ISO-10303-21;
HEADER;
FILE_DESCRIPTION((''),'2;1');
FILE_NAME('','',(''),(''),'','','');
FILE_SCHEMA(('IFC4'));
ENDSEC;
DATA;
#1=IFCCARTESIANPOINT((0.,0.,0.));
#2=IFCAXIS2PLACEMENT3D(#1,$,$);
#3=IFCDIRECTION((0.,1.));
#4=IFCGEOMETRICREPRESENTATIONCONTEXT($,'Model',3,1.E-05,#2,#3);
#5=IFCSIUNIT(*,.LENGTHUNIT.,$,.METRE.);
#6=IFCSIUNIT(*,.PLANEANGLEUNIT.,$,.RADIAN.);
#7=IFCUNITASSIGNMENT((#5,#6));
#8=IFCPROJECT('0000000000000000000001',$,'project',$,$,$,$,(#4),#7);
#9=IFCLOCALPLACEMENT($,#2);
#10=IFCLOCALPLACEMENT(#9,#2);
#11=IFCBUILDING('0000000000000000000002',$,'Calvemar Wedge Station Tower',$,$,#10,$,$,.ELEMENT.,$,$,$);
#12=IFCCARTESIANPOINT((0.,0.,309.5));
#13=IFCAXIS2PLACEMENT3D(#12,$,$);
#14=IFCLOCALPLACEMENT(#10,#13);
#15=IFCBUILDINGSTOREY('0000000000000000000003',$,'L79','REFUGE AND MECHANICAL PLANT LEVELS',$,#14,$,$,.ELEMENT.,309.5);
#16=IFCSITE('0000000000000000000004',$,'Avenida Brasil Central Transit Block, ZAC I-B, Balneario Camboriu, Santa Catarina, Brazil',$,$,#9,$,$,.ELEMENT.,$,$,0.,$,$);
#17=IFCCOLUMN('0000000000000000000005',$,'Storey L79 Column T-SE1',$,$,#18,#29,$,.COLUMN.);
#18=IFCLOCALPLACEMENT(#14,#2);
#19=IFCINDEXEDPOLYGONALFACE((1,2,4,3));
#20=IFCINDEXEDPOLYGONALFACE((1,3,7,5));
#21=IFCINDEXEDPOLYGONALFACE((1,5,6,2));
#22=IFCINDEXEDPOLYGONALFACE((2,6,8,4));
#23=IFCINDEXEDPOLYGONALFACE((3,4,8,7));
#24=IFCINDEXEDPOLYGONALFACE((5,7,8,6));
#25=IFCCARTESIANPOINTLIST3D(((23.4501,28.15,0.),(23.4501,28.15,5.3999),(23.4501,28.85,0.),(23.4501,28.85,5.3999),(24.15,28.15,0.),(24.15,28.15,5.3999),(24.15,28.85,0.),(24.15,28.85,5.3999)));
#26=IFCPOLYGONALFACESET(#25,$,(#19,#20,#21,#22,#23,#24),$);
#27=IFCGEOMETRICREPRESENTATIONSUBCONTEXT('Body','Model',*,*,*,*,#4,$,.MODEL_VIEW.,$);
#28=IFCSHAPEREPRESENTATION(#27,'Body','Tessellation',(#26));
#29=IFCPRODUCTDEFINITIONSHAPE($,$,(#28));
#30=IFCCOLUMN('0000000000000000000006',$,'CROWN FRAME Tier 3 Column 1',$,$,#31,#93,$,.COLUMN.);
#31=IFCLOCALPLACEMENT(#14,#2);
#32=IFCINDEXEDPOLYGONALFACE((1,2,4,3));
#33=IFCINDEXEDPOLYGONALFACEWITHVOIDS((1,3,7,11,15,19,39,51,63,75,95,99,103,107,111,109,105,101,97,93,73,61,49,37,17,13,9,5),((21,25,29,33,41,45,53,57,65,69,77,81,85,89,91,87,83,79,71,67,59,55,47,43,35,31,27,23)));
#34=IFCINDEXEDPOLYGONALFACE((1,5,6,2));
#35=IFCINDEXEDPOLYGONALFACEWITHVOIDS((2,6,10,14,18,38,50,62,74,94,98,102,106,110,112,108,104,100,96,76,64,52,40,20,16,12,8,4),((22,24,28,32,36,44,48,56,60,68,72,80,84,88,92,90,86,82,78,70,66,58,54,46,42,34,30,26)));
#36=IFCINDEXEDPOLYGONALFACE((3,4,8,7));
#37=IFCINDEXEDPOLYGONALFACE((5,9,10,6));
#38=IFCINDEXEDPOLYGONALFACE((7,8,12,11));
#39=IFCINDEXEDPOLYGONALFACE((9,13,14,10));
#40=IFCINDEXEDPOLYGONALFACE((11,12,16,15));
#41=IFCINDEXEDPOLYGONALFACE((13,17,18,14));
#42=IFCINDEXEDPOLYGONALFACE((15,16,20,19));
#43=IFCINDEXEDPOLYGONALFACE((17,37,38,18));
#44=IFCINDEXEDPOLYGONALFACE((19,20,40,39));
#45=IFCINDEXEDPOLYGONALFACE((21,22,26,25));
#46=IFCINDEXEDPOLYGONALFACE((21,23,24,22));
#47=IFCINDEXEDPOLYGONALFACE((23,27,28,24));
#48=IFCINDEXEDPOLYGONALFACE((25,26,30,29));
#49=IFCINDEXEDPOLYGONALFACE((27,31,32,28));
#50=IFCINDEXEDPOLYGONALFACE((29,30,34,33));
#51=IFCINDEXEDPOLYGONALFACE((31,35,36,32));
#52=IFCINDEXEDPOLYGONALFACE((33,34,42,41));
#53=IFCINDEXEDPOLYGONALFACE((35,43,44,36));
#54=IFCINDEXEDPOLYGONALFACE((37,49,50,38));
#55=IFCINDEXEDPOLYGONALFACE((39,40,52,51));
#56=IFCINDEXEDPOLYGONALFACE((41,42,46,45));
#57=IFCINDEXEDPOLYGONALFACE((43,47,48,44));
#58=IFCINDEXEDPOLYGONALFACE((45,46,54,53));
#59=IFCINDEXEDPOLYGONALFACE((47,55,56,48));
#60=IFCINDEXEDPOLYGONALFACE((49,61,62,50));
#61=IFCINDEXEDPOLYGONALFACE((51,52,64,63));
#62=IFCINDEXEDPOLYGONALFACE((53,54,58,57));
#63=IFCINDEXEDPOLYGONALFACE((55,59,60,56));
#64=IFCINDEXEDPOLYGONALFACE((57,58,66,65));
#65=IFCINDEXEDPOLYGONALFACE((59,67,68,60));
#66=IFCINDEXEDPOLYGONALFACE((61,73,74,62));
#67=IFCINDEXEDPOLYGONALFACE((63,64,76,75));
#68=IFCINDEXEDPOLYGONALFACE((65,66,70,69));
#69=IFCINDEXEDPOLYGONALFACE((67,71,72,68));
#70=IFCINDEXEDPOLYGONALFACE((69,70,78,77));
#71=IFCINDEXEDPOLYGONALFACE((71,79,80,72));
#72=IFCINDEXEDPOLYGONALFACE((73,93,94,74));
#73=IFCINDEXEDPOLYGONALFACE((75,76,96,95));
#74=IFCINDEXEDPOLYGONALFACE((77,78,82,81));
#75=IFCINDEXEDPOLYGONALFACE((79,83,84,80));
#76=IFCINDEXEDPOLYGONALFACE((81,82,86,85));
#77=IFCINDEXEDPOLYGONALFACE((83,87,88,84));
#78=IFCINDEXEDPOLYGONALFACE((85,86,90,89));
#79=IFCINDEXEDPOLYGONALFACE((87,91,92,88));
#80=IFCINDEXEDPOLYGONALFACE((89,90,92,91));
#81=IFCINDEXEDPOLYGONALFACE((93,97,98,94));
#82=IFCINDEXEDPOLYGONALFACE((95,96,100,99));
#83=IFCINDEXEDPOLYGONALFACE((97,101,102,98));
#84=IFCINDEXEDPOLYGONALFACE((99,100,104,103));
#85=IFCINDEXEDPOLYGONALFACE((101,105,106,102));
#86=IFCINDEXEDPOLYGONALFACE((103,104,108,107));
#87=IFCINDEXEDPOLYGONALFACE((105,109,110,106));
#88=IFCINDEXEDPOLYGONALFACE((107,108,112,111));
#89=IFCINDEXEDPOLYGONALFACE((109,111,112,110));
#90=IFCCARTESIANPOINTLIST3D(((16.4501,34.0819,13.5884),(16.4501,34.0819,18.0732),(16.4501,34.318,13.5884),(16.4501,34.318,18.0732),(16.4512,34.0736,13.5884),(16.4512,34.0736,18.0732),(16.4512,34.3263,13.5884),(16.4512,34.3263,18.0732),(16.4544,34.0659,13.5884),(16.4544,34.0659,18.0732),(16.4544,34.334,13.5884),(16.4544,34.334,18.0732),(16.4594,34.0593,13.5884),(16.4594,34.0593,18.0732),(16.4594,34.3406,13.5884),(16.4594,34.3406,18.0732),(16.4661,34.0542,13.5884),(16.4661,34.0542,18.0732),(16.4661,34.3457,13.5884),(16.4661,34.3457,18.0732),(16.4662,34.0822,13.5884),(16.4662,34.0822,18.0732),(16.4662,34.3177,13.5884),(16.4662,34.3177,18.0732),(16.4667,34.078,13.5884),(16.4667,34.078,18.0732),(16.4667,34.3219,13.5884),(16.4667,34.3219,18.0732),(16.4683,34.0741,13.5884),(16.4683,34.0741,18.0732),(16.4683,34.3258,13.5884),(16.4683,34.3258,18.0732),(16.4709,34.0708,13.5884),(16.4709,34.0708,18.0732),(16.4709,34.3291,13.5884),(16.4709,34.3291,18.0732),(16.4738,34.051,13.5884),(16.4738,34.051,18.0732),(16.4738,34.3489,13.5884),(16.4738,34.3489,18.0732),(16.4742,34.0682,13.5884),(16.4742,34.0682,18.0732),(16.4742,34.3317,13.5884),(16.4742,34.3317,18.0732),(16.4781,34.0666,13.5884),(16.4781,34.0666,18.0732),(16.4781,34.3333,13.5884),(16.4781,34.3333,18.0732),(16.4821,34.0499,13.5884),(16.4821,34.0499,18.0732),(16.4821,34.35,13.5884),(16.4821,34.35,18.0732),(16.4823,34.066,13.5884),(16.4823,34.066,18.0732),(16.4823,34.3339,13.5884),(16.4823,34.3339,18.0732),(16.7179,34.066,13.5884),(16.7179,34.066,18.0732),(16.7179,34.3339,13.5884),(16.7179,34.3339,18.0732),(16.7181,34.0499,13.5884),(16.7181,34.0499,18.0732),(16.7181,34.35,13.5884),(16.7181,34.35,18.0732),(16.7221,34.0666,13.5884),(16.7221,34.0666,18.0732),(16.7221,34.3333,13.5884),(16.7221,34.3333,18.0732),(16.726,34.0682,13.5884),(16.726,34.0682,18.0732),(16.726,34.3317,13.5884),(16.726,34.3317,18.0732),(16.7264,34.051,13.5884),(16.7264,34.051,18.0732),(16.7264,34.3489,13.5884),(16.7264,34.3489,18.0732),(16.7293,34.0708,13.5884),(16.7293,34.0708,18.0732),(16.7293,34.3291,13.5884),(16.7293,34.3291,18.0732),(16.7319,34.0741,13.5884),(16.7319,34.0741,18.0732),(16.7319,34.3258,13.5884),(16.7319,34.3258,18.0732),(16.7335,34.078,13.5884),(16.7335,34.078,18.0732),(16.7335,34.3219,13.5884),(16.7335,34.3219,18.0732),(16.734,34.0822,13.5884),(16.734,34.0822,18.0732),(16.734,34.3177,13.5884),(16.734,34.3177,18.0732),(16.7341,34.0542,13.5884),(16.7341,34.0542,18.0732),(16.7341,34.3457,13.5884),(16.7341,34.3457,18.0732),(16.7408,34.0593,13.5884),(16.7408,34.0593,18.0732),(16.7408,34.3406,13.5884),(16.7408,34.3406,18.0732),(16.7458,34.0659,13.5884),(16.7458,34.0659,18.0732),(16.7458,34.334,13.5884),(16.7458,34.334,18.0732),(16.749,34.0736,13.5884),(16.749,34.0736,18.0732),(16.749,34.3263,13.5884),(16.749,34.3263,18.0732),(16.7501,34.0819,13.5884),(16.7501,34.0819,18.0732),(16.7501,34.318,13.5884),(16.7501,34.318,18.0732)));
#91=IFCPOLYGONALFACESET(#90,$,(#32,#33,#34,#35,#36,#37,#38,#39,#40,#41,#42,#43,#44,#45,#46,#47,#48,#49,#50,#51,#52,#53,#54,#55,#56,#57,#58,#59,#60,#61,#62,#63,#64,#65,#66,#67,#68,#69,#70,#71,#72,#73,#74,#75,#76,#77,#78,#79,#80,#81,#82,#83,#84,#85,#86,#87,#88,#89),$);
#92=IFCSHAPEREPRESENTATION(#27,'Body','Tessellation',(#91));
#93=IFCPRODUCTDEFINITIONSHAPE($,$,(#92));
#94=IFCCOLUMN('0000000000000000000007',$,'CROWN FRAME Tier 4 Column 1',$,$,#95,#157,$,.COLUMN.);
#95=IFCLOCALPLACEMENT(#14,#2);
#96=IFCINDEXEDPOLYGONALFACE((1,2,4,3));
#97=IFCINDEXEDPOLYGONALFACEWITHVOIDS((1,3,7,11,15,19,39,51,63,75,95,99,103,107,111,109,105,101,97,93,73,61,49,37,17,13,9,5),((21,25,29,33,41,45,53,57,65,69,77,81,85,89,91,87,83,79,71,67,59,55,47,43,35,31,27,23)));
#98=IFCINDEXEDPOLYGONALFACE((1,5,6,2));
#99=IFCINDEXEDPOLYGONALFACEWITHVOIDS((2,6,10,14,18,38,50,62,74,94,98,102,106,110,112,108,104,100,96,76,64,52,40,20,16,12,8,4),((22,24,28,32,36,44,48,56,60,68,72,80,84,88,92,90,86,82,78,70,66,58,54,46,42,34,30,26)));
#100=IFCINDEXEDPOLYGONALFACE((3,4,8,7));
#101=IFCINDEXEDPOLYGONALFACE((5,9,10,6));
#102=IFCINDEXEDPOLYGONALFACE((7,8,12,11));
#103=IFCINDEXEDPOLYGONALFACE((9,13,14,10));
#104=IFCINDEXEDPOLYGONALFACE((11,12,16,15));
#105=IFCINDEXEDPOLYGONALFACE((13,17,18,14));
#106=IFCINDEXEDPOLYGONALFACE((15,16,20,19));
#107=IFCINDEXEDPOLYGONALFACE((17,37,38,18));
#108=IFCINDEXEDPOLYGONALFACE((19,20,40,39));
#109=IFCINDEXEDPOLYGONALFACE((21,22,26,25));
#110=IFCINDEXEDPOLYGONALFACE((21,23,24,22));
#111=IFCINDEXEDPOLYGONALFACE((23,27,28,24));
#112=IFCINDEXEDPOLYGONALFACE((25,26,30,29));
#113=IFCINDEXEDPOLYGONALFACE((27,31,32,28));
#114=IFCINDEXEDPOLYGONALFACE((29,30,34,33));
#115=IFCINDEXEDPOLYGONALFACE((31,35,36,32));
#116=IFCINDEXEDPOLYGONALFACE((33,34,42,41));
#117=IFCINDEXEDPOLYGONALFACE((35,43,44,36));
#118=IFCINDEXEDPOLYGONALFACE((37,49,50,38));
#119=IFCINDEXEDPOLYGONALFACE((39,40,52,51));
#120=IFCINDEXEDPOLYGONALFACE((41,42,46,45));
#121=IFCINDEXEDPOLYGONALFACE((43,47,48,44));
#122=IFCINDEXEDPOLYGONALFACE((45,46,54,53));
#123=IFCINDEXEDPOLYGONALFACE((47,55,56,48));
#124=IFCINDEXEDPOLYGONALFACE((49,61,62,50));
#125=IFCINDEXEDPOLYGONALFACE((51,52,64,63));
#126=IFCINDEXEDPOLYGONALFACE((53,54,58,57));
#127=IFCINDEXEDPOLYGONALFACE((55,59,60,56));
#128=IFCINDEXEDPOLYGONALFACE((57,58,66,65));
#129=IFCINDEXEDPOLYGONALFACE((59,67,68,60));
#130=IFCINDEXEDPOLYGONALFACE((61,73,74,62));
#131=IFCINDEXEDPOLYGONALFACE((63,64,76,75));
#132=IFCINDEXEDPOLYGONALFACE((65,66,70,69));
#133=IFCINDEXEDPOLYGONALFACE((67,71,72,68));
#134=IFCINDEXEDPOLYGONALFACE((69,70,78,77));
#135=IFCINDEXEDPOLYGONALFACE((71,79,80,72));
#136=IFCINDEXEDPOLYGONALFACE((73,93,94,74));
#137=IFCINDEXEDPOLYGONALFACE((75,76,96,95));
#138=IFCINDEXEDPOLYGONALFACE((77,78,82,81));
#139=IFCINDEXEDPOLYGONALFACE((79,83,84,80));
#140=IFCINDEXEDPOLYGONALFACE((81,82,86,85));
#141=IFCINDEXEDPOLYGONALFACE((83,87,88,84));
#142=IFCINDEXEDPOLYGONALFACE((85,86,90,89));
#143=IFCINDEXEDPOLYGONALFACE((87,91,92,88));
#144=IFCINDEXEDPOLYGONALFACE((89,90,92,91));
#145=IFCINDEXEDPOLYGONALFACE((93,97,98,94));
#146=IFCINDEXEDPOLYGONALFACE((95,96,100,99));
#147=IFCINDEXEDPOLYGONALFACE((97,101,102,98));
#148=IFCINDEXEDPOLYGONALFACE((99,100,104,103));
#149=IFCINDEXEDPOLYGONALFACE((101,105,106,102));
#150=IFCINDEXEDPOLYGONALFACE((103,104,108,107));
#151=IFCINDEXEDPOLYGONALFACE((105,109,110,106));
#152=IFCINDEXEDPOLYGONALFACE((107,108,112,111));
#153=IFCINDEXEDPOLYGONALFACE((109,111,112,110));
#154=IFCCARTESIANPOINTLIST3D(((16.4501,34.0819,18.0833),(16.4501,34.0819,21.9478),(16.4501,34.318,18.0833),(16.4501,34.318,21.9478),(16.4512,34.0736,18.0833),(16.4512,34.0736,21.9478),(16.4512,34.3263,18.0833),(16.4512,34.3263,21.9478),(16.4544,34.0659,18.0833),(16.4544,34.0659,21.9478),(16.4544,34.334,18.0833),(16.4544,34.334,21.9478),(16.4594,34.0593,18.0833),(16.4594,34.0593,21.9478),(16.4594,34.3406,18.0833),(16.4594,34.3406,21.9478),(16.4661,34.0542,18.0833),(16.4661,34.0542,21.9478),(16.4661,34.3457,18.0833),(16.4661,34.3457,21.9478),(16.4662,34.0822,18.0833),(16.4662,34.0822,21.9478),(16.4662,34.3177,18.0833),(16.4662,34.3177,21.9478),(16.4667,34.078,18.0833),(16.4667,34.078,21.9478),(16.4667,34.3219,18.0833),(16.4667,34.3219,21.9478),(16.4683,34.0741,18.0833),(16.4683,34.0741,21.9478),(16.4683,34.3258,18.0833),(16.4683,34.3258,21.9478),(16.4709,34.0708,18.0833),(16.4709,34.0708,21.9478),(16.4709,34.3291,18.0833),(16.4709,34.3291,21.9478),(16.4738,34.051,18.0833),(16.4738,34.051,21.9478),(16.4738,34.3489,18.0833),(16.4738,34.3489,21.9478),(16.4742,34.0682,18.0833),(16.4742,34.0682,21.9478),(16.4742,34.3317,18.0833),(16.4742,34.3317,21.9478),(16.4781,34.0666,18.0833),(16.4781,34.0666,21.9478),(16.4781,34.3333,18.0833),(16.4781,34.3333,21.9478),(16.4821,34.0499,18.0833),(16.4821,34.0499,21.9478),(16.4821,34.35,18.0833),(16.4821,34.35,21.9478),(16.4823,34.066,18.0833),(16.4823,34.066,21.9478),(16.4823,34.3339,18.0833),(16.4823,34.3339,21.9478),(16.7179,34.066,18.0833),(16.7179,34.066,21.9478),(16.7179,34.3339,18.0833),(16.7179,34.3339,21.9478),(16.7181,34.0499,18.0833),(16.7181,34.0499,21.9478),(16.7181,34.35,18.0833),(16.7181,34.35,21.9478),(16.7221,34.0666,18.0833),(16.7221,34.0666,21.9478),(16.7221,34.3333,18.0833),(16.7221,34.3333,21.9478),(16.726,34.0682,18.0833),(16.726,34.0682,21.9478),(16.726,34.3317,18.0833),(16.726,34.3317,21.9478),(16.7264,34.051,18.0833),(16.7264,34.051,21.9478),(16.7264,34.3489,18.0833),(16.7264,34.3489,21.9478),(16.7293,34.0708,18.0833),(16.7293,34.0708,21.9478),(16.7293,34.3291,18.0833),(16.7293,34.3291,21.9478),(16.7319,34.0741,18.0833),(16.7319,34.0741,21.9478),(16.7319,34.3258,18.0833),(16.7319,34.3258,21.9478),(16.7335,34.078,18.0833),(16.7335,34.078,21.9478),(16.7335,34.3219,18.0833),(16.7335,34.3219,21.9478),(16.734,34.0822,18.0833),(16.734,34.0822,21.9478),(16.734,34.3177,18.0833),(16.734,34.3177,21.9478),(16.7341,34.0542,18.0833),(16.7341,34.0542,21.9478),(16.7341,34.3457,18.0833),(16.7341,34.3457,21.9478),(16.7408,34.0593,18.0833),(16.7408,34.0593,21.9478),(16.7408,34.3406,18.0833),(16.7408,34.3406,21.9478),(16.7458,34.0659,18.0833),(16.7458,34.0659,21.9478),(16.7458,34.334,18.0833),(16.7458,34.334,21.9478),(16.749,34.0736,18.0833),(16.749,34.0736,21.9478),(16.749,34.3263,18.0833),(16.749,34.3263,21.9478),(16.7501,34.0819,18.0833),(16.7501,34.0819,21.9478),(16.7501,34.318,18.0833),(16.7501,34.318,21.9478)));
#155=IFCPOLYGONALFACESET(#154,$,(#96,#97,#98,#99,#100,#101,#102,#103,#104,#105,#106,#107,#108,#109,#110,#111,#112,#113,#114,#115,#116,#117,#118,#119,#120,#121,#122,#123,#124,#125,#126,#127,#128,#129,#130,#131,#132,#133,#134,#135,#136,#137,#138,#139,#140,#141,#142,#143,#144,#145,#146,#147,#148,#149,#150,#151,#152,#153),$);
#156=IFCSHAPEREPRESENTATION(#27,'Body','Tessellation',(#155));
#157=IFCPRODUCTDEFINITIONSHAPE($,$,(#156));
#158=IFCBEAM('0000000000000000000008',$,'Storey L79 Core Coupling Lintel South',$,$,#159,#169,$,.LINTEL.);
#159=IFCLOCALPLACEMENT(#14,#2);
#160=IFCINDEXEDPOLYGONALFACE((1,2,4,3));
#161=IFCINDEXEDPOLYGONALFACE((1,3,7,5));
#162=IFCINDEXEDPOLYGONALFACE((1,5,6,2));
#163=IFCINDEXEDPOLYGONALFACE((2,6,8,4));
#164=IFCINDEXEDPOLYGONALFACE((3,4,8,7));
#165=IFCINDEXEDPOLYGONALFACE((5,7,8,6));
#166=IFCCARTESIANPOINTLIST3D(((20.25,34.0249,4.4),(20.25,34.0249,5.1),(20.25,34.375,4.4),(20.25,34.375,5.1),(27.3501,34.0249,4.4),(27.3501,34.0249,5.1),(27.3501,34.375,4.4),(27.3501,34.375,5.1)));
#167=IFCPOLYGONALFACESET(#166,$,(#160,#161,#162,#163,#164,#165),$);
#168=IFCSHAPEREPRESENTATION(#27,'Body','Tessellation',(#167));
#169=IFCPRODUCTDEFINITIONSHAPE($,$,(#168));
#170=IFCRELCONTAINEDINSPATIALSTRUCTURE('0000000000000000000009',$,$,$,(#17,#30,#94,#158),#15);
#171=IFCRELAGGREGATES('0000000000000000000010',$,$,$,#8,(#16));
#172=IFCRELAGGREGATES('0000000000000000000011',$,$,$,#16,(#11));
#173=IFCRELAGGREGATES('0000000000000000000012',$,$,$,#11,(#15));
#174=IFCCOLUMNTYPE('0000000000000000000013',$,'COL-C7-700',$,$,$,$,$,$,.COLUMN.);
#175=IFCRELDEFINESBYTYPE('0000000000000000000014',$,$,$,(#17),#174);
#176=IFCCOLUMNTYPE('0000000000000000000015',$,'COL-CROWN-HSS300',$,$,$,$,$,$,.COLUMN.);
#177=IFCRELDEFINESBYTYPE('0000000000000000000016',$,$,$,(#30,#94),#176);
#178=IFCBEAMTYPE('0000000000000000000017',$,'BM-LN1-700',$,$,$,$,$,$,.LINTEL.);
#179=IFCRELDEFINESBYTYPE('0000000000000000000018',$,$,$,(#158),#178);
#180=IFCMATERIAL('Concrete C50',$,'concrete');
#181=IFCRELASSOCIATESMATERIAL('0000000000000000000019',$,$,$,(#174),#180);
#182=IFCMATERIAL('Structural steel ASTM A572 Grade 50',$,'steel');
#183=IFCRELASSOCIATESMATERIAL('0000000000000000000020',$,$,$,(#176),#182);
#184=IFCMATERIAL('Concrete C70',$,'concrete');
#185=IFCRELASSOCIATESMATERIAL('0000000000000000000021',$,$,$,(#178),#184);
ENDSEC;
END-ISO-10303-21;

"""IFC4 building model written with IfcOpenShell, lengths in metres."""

from ifc_helpers import new_model, si_unit, direction, frame, origin, origin_2d, place, context, subcontext, project, spatial, rectangle, hollow_rectangle, extrude, source, transform, mapped, material, material_profile, profile_set, type_object, element, save


model = new_model("IFC4")

# Units and contexts
model_context = context("Model", 3, precision=1e-05, world=origin(), true_north=direction((0.0, 1.0)))
body_context = subcontext(model_context, "Body", "Model", "MODEL_VIEW")
ifc_project = project(units=[si_unit("LENGTHUNIT", "METRE"), si_unit("PLANEANGLEUNIT", "RADIAN")], contexts=[model_context])

# Site, building, storey
site_placement = place(None, origin())
site = spatial("IfcSite", under=ifc_project, at=site_placement, Name="Avenida Brasil Central Transit Block, ZAC I-B, Balneario Camboriu, Santa Catarina, Brazil", CompositionType="ELEMENT", RefElevation=0.0)
building_placement = place(site_placement, origin())
building = spatial("IfcBuilding", under=site, at=building_placement, Name="Calvemar Wedge Station Tower", CompositionType="ELEMENT")
storey_placement = place(building_placement, frame((0.0, 0.0, 309.5)))
storey = spatial("IfcBuildingStorey", under=building, at=storey_placement, Name="L79", Description="REFUGE AND MECHANICAL PLANT LEVELS", CompositionType="ELEMENT", Elevation=309.5)

# Columns
ifc_material_1 = material(Name="Concrete C50", Category="concrete")
ifc_material_profile_1 = material_profile(ifc_material_1, rectangle(XDim=0.7, YDim=0.7, at=origin_2d()), Name="RC700x700")
ifc_profile_set_1 = profile_set([ifc_material_profile_1], Name="Concrete C50")
column_type_1 = type_object("IfcColumnType", Name="COL-C7-700", PredefinedType="COLUMN", material=ifc_profile_set_1)
shared_shape_1 = source(origin(), body_context, "Body", "SweptSolid", [
    extrude(rectangle(XDim=0.7, YDim=0.7, at=origin_2d()), origin(), (0.0, 0.0, 1.0), 5.3999),
])
column_1_placement = place(storey_placement, frame((23.8, 28.5, 0.0), z_axis=(0.0, 0.0, 1.0), x_axis=(1.0, 0.0, 0.0)))
element("IfcColumn", 1, at=column_1_placement, inside=storey, type_object=column_type_1, Name="Storey L79 Column T-SE1", PredefinedType="COLUMN", context=body_context, shape_type="MappedRepresentation", body=[
    mapped(shared_shape_1, transform((0.0, 0.0, 0.0), scale=1.0)),
])
ifc_material_2 = material(Name="Structural steel ASTM A572 Grade 50", Category="steel")
ifc_material_profile_2 = material_profile(ifc_material_2, hollow_rectangle(XDim=0.3, YDim=0.3, WallThickness=0.0161, InnerFilletRadius=0.0161, OuterFilletRadius=0.032, at=origin_2d()), Name="HSS300x300x16")
ifc_profile_set_2 = profile_set([ifc_material_profile_2], Name="Structural steel ASTM A572 Grade 50")
column_type_2 = type_object("IfcColumnType", Name="COL-CROWN-HSS300", PredefinedType="COLUMN", material=ifc_profile_set_2)
shared_shape_2 = source(origin(), body_context, "Body", "SweptSolid", [
    extrude(hollow_rectangle(XDim=0.3, YDim=0.3, WallThickness=0.0161, InnerFilletRadius=0.0161, OuterFilletRadius=0.032, at=origin_2d()), origin(), (0.0, 0.0, 1.0), 4.4849),
])
column_2_placement = place(storey_placement, frame((16.6001, 34.2, 13.5884), z_axis=(0.0, 0.0, 1.0), x_axis=(1.0, 0.0, 0.0)))
element("IfcColumn", 2, at=column_2_placement, inside=storey, type_object=column_type_2, Name="CROWN FRAME Tier 3 Column 1", PredefinedType="COLUMN", context=body_context, shape_type="MappedRepresentation", body=[
    mapped(shared_shape_2, transform((0.0, 0.0, 0.0), scale=1.0)),
])
shared_shape_3 = source(origin(), body_context, "Body", "SweptSolid", [
    extrude(hollow_rectangle(XDim=0.3, YDim=0.3, WallThickness=0.0161, InnerFilletRadius=0.0161, OuterFilletRadius=0.032, at=origin_2d()), origin(), (0.0, 0.0, 1.0), 3.8645),
])
column_3_placement = place(storey_placement, frame((16.6001, 34.2, 18.0833), z_axis=(0.0, 0.0, 1.0), x_axis=(1.0, 0.0, 0.0)))
element("IfcColumn", 3, at=column_3_placement, inside=storey, type_object=column_type_2, Name="CROWN FRAME Tier 4 Column 1", PredefinedType="COLUMN", context=body_context, shape_type="MappedRepresentation", body=[
    mapped(shared_shape_3, transform((0.0, 0.0, 0.0), scale=1.0)),
])

# Beam
ifc_material_3 = material(Name="Concrete C70", Category="concrete")
ifc_material_profile_3 = material_profile(ifc_material_3, rectangle(XDim=0.3501, YDim=0.7, at=origin_2d()), Name="RC350x700")
ifc_profile_set_3 = profile_set([ifc_material_profile_3], Name="Concrete C70")
beam_type_1 = type_object("IfcBeamType", Name="BM-LN1-700", PredefinedType="LINTEL", material=ifc_profile_set_3)
shared_shape_4 = source(origin(), body_context, "Body", "SweptSolid", [
    extrude(rectangle(XDim=0.3501, YDim=0.7, at=origin_2d()), origin(), (0.0, 0.0, 1.0), 7.1001),
])
beam_1_placement = place(storey_placement, frame((20.25, 34.2, 4.75), z_axis=(1.0, 0.0, 0.0), x_axis=(0.0, 1.0, 0.0)))
element("IfcBeam", 4, at=beam_1_placement, inside=storey, type_object=beam_type_1, Name="Storey L79 Core Coupling Lintel South", PredefinedType="LINTEL", context=body_context, shape_type="MappedRepresentation", body=[
    mapped(shared_shape_4, transform((0.0, 0.0, 0.0), scale=1.0)),
])

save(model, "model.ifc")
